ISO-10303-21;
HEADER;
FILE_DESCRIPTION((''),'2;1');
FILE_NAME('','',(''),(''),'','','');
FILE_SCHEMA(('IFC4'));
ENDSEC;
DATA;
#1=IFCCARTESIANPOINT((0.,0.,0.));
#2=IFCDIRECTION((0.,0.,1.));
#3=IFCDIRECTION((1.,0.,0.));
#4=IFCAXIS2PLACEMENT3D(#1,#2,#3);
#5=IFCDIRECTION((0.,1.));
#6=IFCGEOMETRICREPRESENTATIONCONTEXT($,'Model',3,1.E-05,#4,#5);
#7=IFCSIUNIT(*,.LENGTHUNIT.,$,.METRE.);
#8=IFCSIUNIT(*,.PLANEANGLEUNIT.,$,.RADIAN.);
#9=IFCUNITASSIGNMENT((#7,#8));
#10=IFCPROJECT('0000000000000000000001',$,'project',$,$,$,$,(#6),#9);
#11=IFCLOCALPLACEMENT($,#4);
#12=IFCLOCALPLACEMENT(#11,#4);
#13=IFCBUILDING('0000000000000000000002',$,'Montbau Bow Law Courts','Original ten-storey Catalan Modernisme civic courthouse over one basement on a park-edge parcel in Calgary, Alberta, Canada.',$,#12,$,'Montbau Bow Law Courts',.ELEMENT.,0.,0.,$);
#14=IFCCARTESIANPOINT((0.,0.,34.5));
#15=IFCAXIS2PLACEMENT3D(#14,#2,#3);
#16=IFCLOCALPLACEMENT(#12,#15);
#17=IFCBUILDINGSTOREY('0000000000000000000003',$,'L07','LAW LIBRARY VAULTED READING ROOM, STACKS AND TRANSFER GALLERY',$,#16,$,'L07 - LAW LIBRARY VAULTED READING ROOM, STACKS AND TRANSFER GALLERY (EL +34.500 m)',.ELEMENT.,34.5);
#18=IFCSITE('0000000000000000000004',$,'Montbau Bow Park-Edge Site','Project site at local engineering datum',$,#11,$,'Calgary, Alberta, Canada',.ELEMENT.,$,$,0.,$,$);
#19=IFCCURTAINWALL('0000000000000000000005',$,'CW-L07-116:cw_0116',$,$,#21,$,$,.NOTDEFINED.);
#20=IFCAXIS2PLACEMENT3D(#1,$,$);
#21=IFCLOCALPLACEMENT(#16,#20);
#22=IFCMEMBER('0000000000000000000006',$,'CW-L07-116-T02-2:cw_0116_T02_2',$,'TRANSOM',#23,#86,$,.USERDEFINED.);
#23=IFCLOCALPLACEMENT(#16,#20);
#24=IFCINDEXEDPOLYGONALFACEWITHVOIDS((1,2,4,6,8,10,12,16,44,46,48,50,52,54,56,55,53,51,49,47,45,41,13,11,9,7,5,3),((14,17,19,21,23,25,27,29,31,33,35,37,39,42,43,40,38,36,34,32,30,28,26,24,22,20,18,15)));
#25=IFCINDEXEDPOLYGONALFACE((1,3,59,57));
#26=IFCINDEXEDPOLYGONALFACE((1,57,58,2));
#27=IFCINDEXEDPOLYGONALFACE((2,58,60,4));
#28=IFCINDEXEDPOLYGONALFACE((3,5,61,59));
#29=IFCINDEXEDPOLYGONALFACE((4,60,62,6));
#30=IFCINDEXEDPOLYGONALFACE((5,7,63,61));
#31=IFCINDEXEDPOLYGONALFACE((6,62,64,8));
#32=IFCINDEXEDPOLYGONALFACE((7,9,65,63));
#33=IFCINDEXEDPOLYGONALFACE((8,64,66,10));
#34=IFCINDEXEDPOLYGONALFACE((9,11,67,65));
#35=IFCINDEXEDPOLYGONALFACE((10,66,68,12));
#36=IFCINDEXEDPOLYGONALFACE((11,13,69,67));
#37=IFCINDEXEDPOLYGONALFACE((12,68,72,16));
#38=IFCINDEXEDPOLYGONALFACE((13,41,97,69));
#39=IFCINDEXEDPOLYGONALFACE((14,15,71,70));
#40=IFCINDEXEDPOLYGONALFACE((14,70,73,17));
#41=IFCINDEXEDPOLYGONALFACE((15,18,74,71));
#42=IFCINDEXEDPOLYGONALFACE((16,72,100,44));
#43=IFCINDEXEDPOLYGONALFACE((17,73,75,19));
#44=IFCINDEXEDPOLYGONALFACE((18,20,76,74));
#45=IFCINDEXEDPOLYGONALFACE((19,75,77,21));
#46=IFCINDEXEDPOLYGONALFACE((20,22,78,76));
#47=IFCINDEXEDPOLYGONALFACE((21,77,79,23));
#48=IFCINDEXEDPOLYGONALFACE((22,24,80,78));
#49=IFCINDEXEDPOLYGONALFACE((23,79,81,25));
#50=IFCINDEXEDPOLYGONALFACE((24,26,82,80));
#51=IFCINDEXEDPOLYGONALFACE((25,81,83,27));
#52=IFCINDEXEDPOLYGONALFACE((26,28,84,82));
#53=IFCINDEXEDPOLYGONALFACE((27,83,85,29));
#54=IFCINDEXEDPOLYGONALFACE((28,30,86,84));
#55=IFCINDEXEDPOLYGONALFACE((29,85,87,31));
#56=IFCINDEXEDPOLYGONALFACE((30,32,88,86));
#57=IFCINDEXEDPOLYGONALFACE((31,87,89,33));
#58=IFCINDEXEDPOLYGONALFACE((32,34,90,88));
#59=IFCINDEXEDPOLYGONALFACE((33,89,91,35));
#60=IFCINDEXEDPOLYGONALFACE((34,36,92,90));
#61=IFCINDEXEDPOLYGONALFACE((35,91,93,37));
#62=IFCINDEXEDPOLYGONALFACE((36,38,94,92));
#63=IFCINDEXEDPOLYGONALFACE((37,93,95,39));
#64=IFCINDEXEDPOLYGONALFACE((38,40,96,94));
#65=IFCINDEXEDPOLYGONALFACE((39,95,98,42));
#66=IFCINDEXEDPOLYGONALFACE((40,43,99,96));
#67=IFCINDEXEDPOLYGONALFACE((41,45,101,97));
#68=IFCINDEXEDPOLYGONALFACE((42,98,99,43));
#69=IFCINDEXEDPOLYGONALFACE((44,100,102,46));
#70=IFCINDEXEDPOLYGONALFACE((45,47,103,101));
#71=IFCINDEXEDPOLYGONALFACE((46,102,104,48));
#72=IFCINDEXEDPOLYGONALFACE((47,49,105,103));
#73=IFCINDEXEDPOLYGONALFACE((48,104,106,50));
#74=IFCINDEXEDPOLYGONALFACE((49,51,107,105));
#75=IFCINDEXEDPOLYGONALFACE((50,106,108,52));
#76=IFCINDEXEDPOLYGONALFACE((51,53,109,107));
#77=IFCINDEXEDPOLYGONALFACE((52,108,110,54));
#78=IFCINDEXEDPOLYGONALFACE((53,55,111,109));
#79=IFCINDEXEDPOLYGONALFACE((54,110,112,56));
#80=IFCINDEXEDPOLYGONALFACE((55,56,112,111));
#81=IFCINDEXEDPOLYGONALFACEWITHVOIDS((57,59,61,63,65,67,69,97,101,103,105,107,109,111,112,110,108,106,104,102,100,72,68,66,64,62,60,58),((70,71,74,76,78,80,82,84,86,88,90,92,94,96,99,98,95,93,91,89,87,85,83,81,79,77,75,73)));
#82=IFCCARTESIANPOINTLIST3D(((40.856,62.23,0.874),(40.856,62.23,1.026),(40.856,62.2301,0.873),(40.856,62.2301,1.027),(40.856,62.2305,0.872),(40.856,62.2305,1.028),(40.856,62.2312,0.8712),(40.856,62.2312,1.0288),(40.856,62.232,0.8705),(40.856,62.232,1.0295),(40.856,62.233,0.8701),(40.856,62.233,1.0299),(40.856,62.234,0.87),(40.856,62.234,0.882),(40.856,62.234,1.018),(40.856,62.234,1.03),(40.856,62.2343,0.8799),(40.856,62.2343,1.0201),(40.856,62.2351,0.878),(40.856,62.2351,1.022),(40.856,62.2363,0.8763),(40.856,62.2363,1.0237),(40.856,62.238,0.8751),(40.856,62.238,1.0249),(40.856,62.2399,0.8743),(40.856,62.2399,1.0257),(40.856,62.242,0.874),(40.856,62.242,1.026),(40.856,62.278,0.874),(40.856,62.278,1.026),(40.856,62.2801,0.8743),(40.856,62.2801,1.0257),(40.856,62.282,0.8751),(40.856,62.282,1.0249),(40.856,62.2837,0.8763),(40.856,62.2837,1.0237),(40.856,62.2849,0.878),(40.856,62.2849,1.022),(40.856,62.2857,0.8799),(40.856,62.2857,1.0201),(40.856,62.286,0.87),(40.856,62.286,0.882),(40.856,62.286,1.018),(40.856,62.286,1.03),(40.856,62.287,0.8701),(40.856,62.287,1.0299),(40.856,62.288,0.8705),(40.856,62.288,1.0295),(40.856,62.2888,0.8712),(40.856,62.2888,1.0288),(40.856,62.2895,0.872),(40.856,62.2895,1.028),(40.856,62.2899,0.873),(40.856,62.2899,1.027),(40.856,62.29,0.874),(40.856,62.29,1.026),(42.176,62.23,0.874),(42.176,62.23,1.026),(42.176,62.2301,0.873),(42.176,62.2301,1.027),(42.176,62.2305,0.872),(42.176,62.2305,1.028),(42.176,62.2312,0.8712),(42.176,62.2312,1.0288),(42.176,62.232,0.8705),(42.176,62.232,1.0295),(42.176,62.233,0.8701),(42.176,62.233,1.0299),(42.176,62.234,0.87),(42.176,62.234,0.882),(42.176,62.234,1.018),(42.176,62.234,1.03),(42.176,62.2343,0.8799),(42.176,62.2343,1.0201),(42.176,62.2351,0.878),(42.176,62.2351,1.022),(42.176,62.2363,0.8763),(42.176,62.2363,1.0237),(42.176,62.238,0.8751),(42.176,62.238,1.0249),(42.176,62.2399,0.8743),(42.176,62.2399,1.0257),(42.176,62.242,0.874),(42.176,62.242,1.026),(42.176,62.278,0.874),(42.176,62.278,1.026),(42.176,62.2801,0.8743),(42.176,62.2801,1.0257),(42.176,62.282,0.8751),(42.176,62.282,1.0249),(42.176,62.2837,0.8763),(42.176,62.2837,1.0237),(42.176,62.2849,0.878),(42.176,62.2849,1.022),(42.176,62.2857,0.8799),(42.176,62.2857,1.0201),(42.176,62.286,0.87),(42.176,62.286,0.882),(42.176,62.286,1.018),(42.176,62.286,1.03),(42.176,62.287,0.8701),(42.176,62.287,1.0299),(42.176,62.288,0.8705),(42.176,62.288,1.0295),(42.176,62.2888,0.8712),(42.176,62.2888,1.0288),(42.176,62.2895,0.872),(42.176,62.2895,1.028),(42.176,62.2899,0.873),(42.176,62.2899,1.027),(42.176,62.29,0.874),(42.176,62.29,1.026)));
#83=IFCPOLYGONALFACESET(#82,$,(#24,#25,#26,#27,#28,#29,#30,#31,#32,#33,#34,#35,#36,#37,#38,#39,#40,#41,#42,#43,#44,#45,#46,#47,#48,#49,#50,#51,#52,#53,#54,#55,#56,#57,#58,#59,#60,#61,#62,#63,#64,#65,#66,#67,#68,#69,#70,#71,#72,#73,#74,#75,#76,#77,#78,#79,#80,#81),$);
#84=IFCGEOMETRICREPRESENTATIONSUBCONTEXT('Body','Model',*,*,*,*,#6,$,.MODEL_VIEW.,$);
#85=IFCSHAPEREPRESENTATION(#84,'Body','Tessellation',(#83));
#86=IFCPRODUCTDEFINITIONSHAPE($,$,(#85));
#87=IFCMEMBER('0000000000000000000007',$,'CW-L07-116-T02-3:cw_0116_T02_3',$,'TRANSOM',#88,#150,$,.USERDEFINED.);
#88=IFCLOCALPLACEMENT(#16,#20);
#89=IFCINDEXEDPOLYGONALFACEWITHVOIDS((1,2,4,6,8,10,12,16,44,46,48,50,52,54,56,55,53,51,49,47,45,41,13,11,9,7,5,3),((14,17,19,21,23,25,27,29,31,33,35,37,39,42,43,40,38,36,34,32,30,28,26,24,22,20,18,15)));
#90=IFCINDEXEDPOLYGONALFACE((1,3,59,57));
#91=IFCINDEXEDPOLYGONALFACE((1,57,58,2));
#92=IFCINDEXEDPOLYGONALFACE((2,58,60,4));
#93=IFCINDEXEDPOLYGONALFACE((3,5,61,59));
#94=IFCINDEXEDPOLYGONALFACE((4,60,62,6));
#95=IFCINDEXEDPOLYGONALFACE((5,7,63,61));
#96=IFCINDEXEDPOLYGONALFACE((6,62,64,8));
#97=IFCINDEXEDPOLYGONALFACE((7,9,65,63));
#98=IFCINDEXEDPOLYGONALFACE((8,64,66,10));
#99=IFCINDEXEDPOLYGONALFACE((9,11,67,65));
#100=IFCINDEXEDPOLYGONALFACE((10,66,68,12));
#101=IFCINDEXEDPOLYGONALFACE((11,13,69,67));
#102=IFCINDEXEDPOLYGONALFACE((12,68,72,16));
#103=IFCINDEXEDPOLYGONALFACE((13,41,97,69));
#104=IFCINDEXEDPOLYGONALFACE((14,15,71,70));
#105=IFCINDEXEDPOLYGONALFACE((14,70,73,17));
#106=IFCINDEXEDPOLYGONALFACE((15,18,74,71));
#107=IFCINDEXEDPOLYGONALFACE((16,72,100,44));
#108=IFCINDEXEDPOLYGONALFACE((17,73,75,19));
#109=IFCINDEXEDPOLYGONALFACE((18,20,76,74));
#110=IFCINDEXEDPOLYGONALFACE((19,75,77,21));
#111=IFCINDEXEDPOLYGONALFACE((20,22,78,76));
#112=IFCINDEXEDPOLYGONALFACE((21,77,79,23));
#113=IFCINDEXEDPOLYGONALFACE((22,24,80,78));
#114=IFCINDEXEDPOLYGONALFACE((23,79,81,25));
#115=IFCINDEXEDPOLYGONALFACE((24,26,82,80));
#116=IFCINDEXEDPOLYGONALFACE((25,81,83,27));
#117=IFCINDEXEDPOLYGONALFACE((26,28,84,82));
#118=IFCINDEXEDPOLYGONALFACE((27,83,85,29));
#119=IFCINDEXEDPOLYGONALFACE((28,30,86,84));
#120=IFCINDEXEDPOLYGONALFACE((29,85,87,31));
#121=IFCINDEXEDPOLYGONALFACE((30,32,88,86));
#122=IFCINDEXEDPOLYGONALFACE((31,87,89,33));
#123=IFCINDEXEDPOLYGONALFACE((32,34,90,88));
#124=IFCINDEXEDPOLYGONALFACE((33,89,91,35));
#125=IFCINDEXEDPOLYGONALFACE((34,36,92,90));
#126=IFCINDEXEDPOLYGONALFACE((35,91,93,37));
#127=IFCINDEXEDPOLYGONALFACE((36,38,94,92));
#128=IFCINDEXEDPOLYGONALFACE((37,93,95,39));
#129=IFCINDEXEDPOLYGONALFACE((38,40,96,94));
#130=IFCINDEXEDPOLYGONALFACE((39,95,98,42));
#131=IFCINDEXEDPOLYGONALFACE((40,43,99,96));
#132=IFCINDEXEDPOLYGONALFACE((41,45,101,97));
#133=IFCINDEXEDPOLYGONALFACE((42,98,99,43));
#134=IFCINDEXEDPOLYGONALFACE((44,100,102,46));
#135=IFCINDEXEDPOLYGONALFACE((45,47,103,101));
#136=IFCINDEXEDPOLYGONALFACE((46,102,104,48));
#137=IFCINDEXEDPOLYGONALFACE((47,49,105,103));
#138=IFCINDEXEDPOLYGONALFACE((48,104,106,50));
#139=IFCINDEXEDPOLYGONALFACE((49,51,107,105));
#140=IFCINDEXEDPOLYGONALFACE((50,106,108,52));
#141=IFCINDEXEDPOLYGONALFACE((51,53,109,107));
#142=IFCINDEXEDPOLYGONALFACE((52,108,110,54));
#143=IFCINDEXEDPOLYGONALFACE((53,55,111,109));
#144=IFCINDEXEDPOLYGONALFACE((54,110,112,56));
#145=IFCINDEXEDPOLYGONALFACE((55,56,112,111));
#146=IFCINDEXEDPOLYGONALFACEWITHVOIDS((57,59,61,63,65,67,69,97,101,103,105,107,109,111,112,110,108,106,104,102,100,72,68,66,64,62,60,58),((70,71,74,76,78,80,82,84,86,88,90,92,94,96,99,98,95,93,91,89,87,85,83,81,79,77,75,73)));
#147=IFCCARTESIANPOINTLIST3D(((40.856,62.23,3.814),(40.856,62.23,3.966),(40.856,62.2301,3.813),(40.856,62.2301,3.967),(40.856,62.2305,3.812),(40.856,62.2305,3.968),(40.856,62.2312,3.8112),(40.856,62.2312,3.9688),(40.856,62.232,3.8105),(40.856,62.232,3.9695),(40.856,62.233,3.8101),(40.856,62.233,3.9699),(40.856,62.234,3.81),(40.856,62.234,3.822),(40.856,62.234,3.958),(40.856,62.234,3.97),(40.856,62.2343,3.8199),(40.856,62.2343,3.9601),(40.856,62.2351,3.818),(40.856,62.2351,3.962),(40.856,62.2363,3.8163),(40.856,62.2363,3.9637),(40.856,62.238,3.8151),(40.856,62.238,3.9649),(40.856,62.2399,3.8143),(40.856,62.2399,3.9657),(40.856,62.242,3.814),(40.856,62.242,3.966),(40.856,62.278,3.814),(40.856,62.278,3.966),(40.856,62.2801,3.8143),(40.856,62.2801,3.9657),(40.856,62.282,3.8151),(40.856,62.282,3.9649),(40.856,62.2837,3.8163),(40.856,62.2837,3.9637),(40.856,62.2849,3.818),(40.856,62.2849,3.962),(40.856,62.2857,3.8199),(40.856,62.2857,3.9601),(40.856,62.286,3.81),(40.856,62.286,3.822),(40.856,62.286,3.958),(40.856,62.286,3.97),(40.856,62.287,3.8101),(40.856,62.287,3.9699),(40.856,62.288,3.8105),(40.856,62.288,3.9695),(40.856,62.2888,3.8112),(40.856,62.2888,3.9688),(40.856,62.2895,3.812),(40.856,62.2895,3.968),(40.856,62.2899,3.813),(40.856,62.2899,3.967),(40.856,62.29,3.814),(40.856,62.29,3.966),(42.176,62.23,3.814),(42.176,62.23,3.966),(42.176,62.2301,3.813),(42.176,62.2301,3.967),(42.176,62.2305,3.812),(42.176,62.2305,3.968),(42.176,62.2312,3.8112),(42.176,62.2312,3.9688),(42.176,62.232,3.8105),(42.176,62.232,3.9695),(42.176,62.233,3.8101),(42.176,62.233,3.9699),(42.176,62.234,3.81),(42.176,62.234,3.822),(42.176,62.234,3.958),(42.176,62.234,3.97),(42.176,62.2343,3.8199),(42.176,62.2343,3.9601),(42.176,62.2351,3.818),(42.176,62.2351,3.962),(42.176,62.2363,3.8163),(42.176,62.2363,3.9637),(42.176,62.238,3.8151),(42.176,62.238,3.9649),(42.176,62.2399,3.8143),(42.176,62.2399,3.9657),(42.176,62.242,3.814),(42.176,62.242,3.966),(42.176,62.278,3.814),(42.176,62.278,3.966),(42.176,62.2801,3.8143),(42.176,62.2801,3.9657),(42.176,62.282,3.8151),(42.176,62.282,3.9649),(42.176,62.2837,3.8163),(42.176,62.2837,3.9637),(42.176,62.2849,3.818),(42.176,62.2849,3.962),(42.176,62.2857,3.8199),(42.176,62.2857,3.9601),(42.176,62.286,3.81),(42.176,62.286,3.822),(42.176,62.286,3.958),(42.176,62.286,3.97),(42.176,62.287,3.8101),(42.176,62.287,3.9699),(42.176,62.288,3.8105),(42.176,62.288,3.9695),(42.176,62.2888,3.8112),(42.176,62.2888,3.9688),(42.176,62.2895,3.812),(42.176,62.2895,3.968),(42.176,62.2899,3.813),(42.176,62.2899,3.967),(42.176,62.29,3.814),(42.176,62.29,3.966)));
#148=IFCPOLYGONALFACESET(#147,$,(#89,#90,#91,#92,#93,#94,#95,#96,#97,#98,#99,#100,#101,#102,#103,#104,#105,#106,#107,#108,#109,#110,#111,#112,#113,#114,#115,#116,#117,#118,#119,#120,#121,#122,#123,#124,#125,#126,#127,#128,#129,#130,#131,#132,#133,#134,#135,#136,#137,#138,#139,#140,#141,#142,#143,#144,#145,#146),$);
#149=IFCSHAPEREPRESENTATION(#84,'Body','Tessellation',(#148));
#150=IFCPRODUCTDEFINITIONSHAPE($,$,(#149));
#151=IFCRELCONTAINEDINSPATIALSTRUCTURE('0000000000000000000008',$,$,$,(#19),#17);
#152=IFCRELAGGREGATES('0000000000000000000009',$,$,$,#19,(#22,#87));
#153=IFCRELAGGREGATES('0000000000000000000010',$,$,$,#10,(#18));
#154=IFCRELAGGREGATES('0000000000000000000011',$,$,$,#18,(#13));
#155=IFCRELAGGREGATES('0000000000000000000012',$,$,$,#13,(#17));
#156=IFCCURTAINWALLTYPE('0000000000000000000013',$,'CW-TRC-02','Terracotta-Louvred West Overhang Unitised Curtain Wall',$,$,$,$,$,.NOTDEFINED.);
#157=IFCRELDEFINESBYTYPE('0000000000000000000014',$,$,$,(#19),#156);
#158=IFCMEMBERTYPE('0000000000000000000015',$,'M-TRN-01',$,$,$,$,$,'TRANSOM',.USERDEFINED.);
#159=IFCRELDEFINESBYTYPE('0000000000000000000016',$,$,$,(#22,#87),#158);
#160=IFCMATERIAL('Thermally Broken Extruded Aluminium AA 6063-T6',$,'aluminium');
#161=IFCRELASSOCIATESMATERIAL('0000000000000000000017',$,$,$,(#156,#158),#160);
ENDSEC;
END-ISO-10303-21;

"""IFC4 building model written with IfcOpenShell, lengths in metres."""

from ifc_helpers import new_model, si_unit, direction, frame, origin_with_axes, origin_2d_with_axis, place, context, subcontext, project, spatial, hollow_rectangle, extrude, material, material_profile, profile_set, type_object, element, aggregate, save


model = new_model("IFC4")

# Units and contexts
model_context = context("Model", 3, precision=1e-05, world=origin_with_axes(), true_north=direction((0.0, 1.0)))
body_context = subcontext(model_context, "Body", "Model", "MODEL_VIEW")
ifc_project = project(units=[si_unit("LENGTHUNIT", "METRE"), si_unit("PLANEANGLEUNIT", "RADIAN")], contexts=[model_context])

# Site, building, storey
site_placement = place(None, origin_with_axes())
site = spatial("IfcSite", under=ifc_project, at=site_placement, Name="Montbau Bow Park-Edge Site", Description="Project site at local engineering datum", LongName="Calgary, Alberta, Canada", CompositionType="ELEMENT", RefElevation=0.0)
building_placement = place(site_placement, origin_with_axes())
building = spatial("IfcBuilding", under=site, at=building_placement, Name="Montbau Bow Law Courts", Description="Original ten-storey Catalan Modernisme civic courthouse over one basement on a park-edge parcel in Calgary, Alberta, Canada.", LongName="Montbau Bow Law Courts", CompositionType="ELEMENT", ElevationOfRefHeight=0.0, ElevationOfTerrain=0.0)
storey_placement = place(building_placement, frame((0.0, 0.0, 34.5), z_axis=(0.0, 0.0, 1.0), x_axis=(1.0, 0.0, 0.0)))
storey = spatial("IfcBuildingStorey", under=building, at=storey_placement, Name="L07", Description="LAW LIBRARY VAULTED READING ROOM, STACKS AND TRANSFER GALLERY", LongName="L07 - LAW LIBRARY VAULTED READING ROOM, STACKS AND TRANSFER GALLERY (EL +34.500 m)", CompositionType="ELEMENT", Elevation=34.5)

# Curtain wall, members
ifc_material_1 = material(Name="Thermally Broken Extruded Aluminium AA 6063-T6", Category="aluminium")
curtain_wall_type = type_object("IfcCurtainWallType", Name="CW-TRC-02", Description="Terracotta-Louvred West Overhang Unitised Curtain Wall", PredefinedType="NOTDEFINED", material=ifc_material_1)
curtain_wall_1_placement = place(None, frame((39.44, 62.26, 34.5), z_axis=(0.0, 0.0, 1.0), x_axis=(1.0, 0.0, 0.0)))
curtain_wall_1 = element("IfcCurtainWall", 1, at=curtain_wall_1_placement, inside=storey, type_object=curtain_wall_type, Name="CW-L07-116:cw_0116", PredefinedType="NOTDEFINED")
ifc_material_profile_1 = material_profile(ifc_material_1, hollow_rectangle(XDim=0.06, YDim=0.16, WallThickness=0.004, InnerFilletRadius=0.008, OuterFilletRadius=0.004, at=origin_2d_with_axis()), Name="CWT-160X60", Category="Main", Priority=0)
ifc_profile_set_1 = profile_set([ifc_material_profile_1], Name="Thermally Broken Extruded Aluminium AA 6063-T6")
member_type_1 = type_object("IfcMemberType", Name="M-TRN-01", ElementType="TRANSOM", PredefinedType="USERDEFINED", material=ifc_profile_set_1)
member_1_placement = place(None, frame((40.856, 62.26, 35.45), z_axis=(1.0, 0.0, 0.0), x_axis=(0.0, 1.0, 0.0)))
member_1 = element("IfcMember", 2, at=member_1_placement, type_object=member_type_1, Name="CW-L07-116-T02-2:cw_0116_T02_2", ObjectType="TRANSOM", PredefinedType="USERDEFINED", context=body_context, shape_type="SweptSolid", body=[
    extrude(hollow_rectangle(XDim=0.06, YDim=0.16, WallThickness=0.004, InnerFilletRadius=0.008, OuterFilletRadius=0.004, at=origin_2d_with_axis()), origin_with_axes(), (0.0, 0.0, 1.0), 1.32),
])
member_2_placement = place(None, frame((40.856, 62.26, 38.39), z_axis=(1.0, 0.0, 0.0), x_axis=(0.0, 1.0, 0.0)))
member_2 = element("IfcMember", 3, at=member_2_placement, type_object=member_type_1, Name="CW-L07-116-T02-3:cw_0116_T02_3", ObjectType="TRANSOM", PredefinedType="USERDEFINED", context=body_context, shape_type="SweptSolid", body=[
    extrude(hollow_rectangle(XDim=0.06, YDim=0.16, WallThickness=0.004, InnerFilletRadius=0.008, OuterFilletRadius=0.004, at=origin_2d_with_axis()), origin_with_axes(), (0.0, 0.0, 1.0), 1.32),
])

aggregate(curtain_wall_1, [member_1, member_2])

save(model, "model.ifc")
